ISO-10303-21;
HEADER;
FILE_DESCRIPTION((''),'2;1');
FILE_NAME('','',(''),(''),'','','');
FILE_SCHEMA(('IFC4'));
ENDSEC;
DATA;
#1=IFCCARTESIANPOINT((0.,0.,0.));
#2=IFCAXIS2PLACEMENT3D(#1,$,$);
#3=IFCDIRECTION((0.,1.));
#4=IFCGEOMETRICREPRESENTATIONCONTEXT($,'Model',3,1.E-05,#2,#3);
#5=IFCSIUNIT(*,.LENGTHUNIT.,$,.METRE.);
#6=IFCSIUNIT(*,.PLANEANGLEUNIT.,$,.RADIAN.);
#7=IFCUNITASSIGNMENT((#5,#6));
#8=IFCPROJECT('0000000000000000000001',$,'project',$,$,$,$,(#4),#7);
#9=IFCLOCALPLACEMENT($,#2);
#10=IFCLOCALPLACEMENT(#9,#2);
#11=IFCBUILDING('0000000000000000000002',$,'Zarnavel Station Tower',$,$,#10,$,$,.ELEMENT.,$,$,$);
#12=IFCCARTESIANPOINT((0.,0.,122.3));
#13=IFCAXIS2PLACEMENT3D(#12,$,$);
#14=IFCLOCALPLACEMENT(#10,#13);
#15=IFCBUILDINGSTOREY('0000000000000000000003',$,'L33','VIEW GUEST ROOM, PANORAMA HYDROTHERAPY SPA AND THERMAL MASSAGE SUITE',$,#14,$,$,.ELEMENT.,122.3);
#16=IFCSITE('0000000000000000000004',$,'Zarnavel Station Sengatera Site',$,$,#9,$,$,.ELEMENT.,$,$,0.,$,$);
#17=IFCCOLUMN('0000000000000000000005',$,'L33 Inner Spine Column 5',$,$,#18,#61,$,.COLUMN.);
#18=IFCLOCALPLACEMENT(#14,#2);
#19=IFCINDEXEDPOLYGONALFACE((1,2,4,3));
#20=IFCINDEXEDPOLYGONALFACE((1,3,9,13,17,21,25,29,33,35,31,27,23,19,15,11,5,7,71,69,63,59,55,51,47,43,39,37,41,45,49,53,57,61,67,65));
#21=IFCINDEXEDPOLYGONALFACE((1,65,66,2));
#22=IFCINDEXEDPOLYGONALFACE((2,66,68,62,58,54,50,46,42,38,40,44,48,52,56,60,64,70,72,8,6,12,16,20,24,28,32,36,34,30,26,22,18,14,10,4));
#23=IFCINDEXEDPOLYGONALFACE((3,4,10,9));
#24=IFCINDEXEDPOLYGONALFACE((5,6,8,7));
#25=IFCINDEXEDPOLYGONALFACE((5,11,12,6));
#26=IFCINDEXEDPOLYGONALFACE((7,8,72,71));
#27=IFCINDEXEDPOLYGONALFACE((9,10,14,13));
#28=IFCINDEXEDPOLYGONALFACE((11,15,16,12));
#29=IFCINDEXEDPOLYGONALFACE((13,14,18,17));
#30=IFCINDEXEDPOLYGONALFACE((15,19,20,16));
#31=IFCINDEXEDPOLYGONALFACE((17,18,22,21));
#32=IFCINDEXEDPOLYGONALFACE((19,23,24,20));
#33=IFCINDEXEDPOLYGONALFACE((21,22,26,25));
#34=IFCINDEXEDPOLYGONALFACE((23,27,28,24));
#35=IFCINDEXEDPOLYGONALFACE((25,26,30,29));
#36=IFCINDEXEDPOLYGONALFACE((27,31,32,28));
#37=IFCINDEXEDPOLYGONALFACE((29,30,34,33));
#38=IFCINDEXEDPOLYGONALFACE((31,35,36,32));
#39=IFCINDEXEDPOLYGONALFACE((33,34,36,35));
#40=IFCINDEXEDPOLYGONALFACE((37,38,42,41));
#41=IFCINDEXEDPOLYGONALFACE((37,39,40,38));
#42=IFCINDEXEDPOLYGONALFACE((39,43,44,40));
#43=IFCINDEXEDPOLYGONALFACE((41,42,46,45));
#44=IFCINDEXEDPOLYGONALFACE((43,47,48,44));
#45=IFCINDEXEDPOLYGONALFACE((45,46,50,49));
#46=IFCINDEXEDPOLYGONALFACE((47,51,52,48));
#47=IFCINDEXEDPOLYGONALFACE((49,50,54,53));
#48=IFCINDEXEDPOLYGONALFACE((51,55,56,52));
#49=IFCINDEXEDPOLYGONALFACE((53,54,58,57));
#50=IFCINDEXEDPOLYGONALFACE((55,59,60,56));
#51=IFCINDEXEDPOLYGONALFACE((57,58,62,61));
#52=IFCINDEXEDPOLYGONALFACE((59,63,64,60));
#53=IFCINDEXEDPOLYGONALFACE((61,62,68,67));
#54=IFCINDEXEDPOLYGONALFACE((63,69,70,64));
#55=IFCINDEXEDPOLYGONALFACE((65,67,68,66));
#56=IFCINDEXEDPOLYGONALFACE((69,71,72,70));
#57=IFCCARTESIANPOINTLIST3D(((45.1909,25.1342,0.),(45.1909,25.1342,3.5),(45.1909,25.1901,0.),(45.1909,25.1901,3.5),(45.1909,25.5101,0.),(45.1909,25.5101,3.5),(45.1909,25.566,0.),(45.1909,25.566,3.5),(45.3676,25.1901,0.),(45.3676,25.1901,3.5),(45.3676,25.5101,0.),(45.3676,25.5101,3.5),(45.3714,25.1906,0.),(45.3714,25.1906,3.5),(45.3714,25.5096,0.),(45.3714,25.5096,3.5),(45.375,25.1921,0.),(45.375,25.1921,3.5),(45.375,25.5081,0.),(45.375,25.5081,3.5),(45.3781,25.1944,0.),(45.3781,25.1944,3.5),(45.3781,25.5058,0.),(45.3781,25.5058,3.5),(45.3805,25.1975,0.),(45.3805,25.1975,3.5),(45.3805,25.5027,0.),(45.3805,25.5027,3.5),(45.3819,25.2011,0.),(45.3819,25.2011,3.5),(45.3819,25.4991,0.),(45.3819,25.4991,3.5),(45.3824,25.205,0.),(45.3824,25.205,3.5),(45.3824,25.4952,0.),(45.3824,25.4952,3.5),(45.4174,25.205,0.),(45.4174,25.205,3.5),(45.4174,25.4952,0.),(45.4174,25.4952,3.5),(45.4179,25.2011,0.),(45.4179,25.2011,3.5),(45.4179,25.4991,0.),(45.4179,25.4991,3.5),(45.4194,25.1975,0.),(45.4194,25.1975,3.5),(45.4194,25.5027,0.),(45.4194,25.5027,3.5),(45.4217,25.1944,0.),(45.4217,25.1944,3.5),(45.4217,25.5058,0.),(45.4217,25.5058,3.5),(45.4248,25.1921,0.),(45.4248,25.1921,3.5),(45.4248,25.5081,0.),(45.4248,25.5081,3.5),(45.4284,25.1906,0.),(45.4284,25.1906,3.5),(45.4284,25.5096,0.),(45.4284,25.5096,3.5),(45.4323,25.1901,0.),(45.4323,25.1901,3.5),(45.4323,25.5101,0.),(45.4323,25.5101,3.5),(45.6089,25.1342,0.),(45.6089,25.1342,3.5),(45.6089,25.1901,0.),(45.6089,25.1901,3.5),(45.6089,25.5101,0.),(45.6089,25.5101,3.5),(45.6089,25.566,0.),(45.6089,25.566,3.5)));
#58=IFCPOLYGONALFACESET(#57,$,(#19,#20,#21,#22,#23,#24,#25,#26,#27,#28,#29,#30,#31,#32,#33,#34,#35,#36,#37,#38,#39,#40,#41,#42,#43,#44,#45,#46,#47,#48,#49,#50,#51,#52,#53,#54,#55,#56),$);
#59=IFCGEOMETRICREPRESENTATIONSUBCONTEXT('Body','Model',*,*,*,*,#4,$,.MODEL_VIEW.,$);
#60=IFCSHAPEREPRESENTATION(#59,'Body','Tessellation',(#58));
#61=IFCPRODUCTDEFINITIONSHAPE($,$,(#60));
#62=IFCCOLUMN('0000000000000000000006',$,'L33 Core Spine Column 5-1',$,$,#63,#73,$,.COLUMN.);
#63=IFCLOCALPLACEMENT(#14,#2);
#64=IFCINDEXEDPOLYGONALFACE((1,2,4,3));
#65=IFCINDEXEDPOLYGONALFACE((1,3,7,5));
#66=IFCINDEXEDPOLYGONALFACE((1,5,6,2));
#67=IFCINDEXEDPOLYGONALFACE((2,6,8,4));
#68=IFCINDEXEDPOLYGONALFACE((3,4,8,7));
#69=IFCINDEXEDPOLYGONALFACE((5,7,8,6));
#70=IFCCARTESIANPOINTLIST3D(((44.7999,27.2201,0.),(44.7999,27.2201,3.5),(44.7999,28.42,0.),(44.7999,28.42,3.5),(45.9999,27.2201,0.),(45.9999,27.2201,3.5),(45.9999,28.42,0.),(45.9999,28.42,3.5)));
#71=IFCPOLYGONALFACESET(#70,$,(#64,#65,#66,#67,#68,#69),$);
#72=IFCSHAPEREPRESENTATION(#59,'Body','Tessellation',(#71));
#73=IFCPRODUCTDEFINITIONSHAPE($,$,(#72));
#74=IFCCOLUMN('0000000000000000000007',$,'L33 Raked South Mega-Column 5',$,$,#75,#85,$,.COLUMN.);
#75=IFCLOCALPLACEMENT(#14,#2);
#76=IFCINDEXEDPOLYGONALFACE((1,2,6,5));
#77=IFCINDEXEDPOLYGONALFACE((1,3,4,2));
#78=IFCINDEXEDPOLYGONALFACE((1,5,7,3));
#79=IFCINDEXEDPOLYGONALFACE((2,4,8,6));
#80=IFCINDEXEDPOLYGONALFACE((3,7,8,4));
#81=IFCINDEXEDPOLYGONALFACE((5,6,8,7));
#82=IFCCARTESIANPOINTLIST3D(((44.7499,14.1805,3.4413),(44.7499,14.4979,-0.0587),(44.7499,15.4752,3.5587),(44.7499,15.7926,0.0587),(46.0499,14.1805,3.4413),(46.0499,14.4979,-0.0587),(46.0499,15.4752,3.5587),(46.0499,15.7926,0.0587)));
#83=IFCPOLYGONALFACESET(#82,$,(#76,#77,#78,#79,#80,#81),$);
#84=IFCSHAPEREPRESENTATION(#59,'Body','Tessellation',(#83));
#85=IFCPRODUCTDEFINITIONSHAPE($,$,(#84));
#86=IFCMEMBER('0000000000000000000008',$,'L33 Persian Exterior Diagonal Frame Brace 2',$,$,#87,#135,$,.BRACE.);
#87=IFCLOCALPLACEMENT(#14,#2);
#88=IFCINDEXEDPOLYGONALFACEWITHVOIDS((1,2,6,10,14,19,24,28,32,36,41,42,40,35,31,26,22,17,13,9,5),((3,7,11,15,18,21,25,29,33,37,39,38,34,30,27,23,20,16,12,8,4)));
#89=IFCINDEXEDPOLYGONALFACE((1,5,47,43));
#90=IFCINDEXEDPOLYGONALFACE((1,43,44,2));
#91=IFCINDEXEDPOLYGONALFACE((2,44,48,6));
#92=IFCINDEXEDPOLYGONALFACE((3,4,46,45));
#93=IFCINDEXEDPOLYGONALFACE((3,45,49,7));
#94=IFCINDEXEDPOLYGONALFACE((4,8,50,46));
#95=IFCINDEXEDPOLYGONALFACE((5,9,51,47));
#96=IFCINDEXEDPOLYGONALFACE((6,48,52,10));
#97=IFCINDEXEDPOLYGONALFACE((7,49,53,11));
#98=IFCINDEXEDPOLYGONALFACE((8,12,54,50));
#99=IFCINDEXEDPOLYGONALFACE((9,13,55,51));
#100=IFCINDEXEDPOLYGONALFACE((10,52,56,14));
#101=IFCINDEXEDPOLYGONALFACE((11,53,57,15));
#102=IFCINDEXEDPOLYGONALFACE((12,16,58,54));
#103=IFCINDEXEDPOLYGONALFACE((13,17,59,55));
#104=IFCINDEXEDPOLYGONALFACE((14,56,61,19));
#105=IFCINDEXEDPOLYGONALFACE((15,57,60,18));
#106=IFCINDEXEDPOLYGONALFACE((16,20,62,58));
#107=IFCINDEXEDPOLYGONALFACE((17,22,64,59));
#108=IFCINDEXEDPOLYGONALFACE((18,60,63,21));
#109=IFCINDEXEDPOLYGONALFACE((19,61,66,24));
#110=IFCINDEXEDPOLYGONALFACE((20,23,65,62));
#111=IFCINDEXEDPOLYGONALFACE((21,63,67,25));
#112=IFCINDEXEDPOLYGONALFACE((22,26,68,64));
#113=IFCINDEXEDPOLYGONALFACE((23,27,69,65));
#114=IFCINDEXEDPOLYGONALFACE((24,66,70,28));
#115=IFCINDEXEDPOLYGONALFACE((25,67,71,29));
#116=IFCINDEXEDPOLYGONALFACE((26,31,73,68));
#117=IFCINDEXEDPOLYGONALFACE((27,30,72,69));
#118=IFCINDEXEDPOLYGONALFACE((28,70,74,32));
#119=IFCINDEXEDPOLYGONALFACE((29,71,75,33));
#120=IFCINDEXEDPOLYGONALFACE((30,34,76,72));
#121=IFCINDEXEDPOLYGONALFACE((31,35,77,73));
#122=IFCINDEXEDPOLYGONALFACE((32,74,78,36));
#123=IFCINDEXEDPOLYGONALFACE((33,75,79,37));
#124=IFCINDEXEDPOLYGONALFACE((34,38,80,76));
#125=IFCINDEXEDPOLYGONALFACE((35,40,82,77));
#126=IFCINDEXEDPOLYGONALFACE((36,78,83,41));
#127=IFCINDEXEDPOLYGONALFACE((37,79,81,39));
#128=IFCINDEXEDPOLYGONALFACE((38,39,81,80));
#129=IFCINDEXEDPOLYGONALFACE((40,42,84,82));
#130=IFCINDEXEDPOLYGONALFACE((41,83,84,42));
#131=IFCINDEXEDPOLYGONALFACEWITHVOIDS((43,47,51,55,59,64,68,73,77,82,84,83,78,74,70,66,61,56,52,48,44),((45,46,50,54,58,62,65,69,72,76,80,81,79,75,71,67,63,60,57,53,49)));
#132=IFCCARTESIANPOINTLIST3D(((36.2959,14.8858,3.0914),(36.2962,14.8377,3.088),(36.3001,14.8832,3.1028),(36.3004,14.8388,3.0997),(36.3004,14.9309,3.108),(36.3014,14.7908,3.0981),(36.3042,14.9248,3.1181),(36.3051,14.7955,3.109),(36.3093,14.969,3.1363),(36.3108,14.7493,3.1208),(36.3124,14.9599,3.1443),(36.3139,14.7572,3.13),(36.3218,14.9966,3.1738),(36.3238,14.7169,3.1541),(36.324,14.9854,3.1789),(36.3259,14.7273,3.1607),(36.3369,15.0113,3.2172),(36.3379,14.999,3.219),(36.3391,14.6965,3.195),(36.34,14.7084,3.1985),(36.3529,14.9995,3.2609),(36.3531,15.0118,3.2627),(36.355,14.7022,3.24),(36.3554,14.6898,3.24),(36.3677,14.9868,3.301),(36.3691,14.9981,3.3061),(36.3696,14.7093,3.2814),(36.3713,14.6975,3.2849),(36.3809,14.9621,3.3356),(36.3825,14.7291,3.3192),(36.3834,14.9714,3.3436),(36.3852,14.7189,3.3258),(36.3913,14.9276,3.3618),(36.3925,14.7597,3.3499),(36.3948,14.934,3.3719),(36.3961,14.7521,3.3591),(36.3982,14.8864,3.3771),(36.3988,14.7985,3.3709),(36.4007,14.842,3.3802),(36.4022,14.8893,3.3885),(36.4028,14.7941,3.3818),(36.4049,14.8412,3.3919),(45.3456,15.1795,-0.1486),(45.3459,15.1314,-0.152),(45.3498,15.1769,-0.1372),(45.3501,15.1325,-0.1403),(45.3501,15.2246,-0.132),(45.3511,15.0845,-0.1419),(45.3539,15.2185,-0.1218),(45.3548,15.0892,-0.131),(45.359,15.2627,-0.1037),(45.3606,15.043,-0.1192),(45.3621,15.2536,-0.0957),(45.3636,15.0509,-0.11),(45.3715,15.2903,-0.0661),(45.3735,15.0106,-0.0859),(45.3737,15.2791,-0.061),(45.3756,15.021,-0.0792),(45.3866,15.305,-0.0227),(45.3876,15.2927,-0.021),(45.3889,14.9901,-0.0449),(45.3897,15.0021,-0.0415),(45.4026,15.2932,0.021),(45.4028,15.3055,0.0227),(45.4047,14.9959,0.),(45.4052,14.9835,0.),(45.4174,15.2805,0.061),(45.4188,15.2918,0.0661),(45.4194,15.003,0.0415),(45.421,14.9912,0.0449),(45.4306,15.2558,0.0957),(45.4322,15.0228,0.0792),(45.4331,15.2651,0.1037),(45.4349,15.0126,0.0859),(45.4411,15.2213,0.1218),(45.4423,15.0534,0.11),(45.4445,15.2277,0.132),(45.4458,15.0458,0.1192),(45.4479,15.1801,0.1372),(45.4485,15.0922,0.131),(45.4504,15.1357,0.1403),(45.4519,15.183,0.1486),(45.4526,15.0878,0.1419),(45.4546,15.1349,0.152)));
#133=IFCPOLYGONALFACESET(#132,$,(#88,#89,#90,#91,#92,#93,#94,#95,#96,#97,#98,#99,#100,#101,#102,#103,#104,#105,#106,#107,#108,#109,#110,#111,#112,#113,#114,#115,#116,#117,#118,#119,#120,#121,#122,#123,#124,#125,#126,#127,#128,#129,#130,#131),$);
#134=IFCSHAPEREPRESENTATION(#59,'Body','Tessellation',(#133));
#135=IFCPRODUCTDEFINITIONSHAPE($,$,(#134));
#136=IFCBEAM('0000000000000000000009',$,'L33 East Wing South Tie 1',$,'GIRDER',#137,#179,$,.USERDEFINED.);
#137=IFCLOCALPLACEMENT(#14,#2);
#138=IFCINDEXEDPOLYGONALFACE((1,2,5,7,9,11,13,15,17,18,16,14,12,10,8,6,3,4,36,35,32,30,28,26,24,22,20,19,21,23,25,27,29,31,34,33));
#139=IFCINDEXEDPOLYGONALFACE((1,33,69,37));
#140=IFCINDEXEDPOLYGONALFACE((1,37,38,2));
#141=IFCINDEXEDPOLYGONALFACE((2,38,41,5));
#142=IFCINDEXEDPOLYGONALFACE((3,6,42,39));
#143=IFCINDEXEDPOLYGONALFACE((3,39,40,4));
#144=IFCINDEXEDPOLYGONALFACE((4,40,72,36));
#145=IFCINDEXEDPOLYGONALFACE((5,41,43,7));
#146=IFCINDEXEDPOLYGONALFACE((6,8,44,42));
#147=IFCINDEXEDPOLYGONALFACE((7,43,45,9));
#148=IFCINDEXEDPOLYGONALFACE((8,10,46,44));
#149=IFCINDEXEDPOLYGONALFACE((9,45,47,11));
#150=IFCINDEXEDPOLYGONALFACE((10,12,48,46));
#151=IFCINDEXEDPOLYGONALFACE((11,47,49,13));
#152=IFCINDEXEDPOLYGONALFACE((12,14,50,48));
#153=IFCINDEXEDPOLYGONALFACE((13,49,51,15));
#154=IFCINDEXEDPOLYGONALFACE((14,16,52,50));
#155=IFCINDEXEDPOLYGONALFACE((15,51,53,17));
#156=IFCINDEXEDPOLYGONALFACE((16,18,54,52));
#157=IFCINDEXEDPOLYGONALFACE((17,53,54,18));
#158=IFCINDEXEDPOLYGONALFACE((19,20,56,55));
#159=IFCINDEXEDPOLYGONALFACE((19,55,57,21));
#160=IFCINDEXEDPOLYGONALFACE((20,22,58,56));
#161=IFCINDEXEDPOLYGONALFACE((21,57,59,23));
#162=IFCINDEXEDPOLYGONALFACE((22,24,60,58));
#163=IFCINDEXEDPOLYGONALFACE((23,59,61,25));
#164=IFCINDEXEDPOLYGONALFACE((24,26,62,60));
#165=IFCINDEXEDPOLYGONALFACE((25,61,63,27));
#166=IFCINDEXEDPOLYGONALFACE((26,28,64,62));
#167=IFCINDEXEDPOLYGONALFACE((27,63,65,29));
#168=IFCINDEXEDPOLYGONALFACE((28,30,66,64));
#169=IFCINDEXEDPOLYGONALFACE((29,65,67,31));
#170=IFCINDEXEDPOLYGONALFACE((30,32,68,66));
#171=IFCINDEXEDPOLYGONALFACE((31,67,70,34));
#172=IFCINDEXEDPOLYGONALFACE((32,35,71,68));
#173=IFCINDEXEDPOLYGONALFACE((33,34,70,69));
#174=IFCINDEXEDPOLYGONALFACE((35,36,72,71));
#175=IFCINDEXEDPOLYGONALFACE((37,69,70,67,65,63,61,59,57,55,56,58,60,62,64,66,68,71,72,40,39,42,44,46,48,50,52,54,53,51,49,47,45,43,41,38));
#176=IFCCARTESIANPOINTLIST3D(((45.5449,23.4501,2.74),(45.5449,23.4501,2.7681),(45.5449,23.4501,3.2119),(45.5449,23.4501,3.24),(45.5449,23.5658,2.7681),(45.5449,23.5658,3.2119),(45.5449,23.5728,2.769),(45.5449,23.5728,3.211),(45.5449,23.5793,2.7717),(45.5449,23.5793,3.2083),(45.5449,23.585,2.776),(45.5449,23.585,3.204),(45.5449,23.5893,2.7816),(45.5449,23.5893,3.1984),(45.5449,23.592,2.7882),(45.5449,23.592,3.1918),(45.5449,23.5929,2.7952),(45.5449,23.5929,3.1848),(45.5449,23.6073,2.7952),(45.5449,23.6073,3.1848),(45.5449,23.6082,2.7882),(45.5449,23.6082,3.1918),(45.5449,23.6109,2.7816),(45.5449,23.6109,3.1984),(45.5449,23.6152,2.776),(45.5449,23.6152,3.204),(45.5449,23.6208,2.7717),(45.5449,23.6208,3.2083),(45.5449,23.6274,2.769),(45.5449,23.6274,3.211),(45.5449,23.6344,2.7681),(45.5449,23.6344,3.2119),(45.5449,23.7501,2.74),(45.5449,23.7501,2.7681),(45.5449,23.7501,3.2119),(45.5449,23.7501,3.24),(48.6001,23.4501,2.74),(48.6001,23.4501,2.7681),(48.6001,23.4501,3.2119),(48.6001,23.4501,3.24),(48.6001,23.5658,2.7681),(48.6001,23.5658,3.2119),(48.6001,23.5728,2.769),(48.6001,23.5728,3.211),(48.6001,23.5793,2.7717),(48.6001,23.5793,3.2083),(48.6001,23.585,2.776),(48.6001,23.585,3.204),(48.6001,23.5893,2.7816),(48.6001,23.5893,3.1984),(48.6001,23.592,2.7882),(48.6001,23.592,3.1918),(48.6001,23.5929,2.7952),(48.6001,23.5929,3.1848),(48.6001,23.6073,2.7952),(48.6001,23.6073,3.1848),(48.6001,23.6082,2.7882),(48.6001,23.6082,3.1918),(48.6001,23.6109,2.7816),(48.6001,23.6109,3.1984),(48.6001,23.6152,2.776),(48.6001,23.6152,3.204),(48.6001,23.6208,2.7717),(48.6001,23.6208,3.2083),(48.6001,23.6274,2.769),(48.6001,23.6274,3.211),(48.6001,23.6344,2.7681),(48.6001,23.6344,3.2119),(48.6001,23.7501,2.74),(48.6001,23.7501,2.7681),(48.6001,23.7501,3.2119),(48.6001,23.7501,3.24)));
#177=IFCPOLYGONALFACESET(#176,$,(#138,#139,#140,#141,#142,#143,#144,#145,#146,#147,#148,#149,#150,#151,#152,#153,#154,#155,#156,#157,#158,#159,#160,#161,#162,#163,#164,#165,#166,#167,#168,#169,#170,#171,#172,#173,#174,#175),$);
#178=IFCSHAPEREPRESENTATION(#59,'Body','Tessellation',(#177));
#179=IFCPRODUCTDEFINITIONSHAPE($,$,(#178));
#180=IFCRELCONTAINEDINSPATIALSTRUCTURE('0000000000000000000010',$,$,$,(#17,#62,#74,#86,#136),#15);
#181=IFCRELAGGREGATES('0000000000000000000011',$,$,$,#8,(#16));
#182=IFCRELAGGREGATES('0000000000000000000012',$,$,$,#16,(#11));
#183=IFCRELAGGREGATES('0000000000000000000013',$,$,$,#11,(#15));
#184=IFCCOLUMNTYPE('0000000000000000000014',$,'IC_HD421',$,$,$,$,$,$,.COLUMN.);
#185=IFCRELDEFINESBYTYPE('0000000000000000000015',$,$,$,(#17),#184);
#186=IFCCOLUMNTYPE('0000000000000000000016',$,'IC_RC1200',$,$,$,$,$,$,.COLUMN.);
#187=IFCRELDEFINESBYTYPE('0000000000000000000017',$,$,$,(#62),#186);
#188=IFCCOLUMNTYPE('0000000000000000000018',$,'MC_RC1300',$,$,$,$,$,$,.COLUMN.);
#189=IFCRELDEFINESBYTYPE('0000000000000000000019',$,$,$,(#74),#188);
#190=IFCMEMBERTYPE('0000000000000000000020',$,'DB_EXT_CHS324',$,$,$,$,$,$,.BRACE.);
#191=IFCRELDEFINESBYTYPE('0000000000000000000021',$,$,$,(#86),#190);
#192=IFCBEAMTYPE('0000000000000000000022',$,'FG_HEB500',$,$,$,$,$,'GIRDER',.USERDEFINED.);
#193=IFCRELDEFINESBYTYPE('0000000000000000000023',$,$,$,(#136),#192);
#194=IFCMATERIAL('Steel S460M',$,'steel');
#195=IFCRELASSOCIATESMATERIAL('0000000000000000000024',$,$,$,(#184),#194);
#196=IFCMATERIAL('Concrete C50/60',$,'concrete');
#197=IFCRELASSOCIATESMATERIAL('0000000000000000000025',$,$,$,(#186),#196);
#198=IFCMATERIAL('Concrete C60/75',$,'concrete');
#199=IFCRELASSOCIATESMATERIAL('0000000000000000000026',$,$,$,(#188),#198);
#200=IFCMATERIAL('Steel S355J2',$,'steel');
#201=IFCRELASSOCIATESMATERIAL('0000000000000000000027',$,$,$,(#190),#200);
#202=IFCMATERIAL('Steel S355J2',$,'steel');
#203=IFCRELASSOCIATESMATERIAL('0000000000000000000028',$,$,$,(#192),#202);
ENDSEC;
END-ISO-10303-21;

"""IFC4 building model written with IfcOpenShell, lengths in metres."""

from ifc_helpers import new_model, si_unit, direction, frame, origin, origin_2d, place, context, subcontext, project, spatial, rectangle, hollow_circle, i_section, extrude, material, material_profile, profile_set, type_object, element, save


model = new_model("IFC4")

# Units and contexts
model_context = context("Model", 3, precision=1e-05, world=origin(), true_north=direction((0.0, 1.0)))
body_context = subcontext(model_context, "Body", "Model", "MODEL_VIEW")
ifc_project = project(units=[si_unit("LENGTHUNIT", "METRE"), si_unit("PLANEANGLEUNIT", "RADIAN")], contexts=[model_context])

# Site, building, storey
site_placement = place(None, origin())
site = spatial("IfcSite", under=ifc_project, at=site_placement, Name="Zarnavel Station Sengatera Site", CompositionType="ELEMENT", RefElevation=0.0)
building_placement = place(site_placement, origin())
building = spatial("IfcBuilding", under=site, at=building_placement, Name="Zarnavel Station Tower", CompositionType="ELEMENT")
storey_placement = place(building_placement, frame((0.0, 0.0, 122.3)))
storey = spatial("IfcBuildingStorey", under=building, at=storey_placement, Name="L33", Description="VIEW GUEST ROOM, PANORAMA HYDROTHERAPY SPA AND THERMAL MASSAGE SUITE", CompositionType="ELEMENT", Elevation=122.3)

# Columns
ifc_material_1 = material(Name="Steel S460M", Category="steel")
ifc_material_profile_1 = material_profile(ifc_material_1, i_section(OverallWidth=0.418, OverallDepth=0.4319, WebThickness=0.0349, FlangeThickness=0.0559, FilletRadius=0.0149, at=origin_2d()), Name="HD400x421")
ifc_profile_set_1 = profile_set([ifc_material_profile_1], Name="Steel S460M")
column_type_1 = type_object("IfcColumnType", Name="IC_HD421", PredefinedType="COLUMN", material=ifc_profile_set_1)
column_1_placement = place(storey_placement, frame((45.3999, 25.3501, 0.0), z_axis=(0.0, 0.0, 1.0), x_axis=(1.0, 0.0, 0.0)))
element("IfcColumn", 1, at=column_1_placement, inside=storey, type_object=column_type_1, Name="L33 Inner Spine Column 5", PredefinedType="COLUMN", context=body_context, shape_type="SweptSolid", body=[
    extrude(i_section(OverallWidth=0.418, OverallDepth=0.4319, WebThickness=0.0349, FlangeThickness=0.0559, FilletRadius=0.0149, at=origin_2d()), origin(), (0.0, 0.0, 1.0), 3.5),
])
ifc_material_2 = material(Name="Concrete C50/60", Category="concrete")
ifc_material_profile_2 = material_profile(ifc_material_2, rectangle(XDim=1.2, YDim=1.2, at=origin_2d()), Name="RC1200x1200")
ifc_profile_set_2 = profile_set([ifc_material_profile_2], Name="Concrete C50/60")
column_type_2 = type_object("IfcColumnType", Name="IC_RC1200", PredefinedType="COLUMN", material=ifc_profile_set_2)
column_2_placement = place(storey_placement, frame((45.3999, 27.8201, 0.0), z_axis=(0.0, 0.0, 1.0), x_axis=(1.0, 0.0, 0.0)))
element("IfcColumn", 2, at=column_2_placement, inside=storey, type_object=column_type_2, Name="L33 Core Spine Column 5-1", PredefinedType="COLUMN", context=body_context, shape_type="SweptSolid", body=[
    extrude(rectangle(XDim=1.2, YDim=1.2, at=origin_2d()), origin(), (0.0, 0.0, 1.0), 3.5),
])
ifc_material_3 = material(Name="Concrete C60/75", Category="concrete")
ifc_material_profile_3 = material_profile(ifc_material_3, rectangle(XDim=1.3, YDim=1.3, at=origin_2d()), Name="RC1300x1300")
ifc_profile_set_3 = profile_set([ifc_material_profile_3], Name="Concrete C60/75")
column_type_3 = type_object("IfcColumnType", Name="MC_RC1300", PredefinedType="COLUMN", material=ifc_profile_set_3)
column_3_placement = place(storey_placement, frame((45.3999, 15.1453, 0.0), z_axis=(0.0, -0.09031, 0.995914), x_axis=(1.0, 0.0, 0.0)))
element("IfcColumn", 3, at=column_3_placement, inside=storey, type_object=column_type_3, Name="L33 Raked South Mega-Column 5", PredefinedType="COLUMN", context=body_context, shape_type="SweptSolid", body=[
    extrude(rectangle(XDim=1.3, YDim=1.3, at=origin_2d()), origin(), (0.0, 0.0, 1.0), 3.5144),
])

# Member
ifc_material_4 = material(Name="Steel S355J2", Category="steel")
ifc_material_profile_4 = material_profile(ifc_material_4, hollow_circle(Radius=0.1619, WallThickness=0.0125, at=origin_2d()), Name="CHS323.9x12.5")
ifc_profile_set_4 = profile_set([ifc_material_profile_4], Name="Steel S355J2")
member_type = type_object("IfcMemberType", Name="DB_EXT_CHS324", PredefinedType="BRACE", material=ifc_profile_set_4)
member_placement = place(storey_placement, frame((45.3999, 15.1453, 0.0), z_axis=(-0.941042, -0.03054, 0.33691), x_axis=(0.032437, -0.999474, 0.0)))
element("IfcMember", 4, at=member_placement, inside=storey, type_object=member_type, Name="L33 Persian Exterior Diagonal Frame Brace 2", PredefinedType="BRACE", context=body_context, shape_type="SweptSolid", body=[
    extrude(hollow_circle(Radius=0.1619, WallThickness=0.0125, at=origin_2d()), origin(), (0.0, 0.0, 1.0), 9.6167),
])

# Beam
ifc_material_5 = material(Name="Steel S355J2", Category="steel")
ifc_material_profile_5 = material_profile(ifc_material_5, i_section(OverallWidth=0.3, OverallDepth=0.5, WebThickness=0.0144, FlangeThickness=0.0281, FilletRadius=0.0271, at=origin_2d()), Name="HEB500")
ifc_profile_set_5 = profile_set([ifc_material_profile_5], Name="Steel S355J2")
beam_type_1 = type_object("IfcBeamType", Name="FG_HEB500", ElementType="GIRDER", PredefinedType="USERDEFINED", material=ifc_profile_set_5)
beam_1_placement = place(storey_placement, frame((45.5449, 23.6001, 2.99), z_axis=(1.0, 0.0, 0.0), x_axis=(0.0, 1.0, 0.0)))
element("IfcBeam", 5, at=beam_1_placement, inside=storey, type_object=beam_type_1, Name="L33 East Wing South Tie 1", ObjectType="GIRDER", PredefinedType="USERDEFINED", context=body_context, shape_type="SweptSolid", body=[
    extrude(i_section(OverallWidth=0.3, OverallDepth=0.5, WebThickness=0.0144, FlangeThickness=0.0281, FilletRadius=0.0271, at=origin_2d()), origin(), (0.0, 0.0, 1.0), 3.0552),
])

save(model, "model.ifc")
